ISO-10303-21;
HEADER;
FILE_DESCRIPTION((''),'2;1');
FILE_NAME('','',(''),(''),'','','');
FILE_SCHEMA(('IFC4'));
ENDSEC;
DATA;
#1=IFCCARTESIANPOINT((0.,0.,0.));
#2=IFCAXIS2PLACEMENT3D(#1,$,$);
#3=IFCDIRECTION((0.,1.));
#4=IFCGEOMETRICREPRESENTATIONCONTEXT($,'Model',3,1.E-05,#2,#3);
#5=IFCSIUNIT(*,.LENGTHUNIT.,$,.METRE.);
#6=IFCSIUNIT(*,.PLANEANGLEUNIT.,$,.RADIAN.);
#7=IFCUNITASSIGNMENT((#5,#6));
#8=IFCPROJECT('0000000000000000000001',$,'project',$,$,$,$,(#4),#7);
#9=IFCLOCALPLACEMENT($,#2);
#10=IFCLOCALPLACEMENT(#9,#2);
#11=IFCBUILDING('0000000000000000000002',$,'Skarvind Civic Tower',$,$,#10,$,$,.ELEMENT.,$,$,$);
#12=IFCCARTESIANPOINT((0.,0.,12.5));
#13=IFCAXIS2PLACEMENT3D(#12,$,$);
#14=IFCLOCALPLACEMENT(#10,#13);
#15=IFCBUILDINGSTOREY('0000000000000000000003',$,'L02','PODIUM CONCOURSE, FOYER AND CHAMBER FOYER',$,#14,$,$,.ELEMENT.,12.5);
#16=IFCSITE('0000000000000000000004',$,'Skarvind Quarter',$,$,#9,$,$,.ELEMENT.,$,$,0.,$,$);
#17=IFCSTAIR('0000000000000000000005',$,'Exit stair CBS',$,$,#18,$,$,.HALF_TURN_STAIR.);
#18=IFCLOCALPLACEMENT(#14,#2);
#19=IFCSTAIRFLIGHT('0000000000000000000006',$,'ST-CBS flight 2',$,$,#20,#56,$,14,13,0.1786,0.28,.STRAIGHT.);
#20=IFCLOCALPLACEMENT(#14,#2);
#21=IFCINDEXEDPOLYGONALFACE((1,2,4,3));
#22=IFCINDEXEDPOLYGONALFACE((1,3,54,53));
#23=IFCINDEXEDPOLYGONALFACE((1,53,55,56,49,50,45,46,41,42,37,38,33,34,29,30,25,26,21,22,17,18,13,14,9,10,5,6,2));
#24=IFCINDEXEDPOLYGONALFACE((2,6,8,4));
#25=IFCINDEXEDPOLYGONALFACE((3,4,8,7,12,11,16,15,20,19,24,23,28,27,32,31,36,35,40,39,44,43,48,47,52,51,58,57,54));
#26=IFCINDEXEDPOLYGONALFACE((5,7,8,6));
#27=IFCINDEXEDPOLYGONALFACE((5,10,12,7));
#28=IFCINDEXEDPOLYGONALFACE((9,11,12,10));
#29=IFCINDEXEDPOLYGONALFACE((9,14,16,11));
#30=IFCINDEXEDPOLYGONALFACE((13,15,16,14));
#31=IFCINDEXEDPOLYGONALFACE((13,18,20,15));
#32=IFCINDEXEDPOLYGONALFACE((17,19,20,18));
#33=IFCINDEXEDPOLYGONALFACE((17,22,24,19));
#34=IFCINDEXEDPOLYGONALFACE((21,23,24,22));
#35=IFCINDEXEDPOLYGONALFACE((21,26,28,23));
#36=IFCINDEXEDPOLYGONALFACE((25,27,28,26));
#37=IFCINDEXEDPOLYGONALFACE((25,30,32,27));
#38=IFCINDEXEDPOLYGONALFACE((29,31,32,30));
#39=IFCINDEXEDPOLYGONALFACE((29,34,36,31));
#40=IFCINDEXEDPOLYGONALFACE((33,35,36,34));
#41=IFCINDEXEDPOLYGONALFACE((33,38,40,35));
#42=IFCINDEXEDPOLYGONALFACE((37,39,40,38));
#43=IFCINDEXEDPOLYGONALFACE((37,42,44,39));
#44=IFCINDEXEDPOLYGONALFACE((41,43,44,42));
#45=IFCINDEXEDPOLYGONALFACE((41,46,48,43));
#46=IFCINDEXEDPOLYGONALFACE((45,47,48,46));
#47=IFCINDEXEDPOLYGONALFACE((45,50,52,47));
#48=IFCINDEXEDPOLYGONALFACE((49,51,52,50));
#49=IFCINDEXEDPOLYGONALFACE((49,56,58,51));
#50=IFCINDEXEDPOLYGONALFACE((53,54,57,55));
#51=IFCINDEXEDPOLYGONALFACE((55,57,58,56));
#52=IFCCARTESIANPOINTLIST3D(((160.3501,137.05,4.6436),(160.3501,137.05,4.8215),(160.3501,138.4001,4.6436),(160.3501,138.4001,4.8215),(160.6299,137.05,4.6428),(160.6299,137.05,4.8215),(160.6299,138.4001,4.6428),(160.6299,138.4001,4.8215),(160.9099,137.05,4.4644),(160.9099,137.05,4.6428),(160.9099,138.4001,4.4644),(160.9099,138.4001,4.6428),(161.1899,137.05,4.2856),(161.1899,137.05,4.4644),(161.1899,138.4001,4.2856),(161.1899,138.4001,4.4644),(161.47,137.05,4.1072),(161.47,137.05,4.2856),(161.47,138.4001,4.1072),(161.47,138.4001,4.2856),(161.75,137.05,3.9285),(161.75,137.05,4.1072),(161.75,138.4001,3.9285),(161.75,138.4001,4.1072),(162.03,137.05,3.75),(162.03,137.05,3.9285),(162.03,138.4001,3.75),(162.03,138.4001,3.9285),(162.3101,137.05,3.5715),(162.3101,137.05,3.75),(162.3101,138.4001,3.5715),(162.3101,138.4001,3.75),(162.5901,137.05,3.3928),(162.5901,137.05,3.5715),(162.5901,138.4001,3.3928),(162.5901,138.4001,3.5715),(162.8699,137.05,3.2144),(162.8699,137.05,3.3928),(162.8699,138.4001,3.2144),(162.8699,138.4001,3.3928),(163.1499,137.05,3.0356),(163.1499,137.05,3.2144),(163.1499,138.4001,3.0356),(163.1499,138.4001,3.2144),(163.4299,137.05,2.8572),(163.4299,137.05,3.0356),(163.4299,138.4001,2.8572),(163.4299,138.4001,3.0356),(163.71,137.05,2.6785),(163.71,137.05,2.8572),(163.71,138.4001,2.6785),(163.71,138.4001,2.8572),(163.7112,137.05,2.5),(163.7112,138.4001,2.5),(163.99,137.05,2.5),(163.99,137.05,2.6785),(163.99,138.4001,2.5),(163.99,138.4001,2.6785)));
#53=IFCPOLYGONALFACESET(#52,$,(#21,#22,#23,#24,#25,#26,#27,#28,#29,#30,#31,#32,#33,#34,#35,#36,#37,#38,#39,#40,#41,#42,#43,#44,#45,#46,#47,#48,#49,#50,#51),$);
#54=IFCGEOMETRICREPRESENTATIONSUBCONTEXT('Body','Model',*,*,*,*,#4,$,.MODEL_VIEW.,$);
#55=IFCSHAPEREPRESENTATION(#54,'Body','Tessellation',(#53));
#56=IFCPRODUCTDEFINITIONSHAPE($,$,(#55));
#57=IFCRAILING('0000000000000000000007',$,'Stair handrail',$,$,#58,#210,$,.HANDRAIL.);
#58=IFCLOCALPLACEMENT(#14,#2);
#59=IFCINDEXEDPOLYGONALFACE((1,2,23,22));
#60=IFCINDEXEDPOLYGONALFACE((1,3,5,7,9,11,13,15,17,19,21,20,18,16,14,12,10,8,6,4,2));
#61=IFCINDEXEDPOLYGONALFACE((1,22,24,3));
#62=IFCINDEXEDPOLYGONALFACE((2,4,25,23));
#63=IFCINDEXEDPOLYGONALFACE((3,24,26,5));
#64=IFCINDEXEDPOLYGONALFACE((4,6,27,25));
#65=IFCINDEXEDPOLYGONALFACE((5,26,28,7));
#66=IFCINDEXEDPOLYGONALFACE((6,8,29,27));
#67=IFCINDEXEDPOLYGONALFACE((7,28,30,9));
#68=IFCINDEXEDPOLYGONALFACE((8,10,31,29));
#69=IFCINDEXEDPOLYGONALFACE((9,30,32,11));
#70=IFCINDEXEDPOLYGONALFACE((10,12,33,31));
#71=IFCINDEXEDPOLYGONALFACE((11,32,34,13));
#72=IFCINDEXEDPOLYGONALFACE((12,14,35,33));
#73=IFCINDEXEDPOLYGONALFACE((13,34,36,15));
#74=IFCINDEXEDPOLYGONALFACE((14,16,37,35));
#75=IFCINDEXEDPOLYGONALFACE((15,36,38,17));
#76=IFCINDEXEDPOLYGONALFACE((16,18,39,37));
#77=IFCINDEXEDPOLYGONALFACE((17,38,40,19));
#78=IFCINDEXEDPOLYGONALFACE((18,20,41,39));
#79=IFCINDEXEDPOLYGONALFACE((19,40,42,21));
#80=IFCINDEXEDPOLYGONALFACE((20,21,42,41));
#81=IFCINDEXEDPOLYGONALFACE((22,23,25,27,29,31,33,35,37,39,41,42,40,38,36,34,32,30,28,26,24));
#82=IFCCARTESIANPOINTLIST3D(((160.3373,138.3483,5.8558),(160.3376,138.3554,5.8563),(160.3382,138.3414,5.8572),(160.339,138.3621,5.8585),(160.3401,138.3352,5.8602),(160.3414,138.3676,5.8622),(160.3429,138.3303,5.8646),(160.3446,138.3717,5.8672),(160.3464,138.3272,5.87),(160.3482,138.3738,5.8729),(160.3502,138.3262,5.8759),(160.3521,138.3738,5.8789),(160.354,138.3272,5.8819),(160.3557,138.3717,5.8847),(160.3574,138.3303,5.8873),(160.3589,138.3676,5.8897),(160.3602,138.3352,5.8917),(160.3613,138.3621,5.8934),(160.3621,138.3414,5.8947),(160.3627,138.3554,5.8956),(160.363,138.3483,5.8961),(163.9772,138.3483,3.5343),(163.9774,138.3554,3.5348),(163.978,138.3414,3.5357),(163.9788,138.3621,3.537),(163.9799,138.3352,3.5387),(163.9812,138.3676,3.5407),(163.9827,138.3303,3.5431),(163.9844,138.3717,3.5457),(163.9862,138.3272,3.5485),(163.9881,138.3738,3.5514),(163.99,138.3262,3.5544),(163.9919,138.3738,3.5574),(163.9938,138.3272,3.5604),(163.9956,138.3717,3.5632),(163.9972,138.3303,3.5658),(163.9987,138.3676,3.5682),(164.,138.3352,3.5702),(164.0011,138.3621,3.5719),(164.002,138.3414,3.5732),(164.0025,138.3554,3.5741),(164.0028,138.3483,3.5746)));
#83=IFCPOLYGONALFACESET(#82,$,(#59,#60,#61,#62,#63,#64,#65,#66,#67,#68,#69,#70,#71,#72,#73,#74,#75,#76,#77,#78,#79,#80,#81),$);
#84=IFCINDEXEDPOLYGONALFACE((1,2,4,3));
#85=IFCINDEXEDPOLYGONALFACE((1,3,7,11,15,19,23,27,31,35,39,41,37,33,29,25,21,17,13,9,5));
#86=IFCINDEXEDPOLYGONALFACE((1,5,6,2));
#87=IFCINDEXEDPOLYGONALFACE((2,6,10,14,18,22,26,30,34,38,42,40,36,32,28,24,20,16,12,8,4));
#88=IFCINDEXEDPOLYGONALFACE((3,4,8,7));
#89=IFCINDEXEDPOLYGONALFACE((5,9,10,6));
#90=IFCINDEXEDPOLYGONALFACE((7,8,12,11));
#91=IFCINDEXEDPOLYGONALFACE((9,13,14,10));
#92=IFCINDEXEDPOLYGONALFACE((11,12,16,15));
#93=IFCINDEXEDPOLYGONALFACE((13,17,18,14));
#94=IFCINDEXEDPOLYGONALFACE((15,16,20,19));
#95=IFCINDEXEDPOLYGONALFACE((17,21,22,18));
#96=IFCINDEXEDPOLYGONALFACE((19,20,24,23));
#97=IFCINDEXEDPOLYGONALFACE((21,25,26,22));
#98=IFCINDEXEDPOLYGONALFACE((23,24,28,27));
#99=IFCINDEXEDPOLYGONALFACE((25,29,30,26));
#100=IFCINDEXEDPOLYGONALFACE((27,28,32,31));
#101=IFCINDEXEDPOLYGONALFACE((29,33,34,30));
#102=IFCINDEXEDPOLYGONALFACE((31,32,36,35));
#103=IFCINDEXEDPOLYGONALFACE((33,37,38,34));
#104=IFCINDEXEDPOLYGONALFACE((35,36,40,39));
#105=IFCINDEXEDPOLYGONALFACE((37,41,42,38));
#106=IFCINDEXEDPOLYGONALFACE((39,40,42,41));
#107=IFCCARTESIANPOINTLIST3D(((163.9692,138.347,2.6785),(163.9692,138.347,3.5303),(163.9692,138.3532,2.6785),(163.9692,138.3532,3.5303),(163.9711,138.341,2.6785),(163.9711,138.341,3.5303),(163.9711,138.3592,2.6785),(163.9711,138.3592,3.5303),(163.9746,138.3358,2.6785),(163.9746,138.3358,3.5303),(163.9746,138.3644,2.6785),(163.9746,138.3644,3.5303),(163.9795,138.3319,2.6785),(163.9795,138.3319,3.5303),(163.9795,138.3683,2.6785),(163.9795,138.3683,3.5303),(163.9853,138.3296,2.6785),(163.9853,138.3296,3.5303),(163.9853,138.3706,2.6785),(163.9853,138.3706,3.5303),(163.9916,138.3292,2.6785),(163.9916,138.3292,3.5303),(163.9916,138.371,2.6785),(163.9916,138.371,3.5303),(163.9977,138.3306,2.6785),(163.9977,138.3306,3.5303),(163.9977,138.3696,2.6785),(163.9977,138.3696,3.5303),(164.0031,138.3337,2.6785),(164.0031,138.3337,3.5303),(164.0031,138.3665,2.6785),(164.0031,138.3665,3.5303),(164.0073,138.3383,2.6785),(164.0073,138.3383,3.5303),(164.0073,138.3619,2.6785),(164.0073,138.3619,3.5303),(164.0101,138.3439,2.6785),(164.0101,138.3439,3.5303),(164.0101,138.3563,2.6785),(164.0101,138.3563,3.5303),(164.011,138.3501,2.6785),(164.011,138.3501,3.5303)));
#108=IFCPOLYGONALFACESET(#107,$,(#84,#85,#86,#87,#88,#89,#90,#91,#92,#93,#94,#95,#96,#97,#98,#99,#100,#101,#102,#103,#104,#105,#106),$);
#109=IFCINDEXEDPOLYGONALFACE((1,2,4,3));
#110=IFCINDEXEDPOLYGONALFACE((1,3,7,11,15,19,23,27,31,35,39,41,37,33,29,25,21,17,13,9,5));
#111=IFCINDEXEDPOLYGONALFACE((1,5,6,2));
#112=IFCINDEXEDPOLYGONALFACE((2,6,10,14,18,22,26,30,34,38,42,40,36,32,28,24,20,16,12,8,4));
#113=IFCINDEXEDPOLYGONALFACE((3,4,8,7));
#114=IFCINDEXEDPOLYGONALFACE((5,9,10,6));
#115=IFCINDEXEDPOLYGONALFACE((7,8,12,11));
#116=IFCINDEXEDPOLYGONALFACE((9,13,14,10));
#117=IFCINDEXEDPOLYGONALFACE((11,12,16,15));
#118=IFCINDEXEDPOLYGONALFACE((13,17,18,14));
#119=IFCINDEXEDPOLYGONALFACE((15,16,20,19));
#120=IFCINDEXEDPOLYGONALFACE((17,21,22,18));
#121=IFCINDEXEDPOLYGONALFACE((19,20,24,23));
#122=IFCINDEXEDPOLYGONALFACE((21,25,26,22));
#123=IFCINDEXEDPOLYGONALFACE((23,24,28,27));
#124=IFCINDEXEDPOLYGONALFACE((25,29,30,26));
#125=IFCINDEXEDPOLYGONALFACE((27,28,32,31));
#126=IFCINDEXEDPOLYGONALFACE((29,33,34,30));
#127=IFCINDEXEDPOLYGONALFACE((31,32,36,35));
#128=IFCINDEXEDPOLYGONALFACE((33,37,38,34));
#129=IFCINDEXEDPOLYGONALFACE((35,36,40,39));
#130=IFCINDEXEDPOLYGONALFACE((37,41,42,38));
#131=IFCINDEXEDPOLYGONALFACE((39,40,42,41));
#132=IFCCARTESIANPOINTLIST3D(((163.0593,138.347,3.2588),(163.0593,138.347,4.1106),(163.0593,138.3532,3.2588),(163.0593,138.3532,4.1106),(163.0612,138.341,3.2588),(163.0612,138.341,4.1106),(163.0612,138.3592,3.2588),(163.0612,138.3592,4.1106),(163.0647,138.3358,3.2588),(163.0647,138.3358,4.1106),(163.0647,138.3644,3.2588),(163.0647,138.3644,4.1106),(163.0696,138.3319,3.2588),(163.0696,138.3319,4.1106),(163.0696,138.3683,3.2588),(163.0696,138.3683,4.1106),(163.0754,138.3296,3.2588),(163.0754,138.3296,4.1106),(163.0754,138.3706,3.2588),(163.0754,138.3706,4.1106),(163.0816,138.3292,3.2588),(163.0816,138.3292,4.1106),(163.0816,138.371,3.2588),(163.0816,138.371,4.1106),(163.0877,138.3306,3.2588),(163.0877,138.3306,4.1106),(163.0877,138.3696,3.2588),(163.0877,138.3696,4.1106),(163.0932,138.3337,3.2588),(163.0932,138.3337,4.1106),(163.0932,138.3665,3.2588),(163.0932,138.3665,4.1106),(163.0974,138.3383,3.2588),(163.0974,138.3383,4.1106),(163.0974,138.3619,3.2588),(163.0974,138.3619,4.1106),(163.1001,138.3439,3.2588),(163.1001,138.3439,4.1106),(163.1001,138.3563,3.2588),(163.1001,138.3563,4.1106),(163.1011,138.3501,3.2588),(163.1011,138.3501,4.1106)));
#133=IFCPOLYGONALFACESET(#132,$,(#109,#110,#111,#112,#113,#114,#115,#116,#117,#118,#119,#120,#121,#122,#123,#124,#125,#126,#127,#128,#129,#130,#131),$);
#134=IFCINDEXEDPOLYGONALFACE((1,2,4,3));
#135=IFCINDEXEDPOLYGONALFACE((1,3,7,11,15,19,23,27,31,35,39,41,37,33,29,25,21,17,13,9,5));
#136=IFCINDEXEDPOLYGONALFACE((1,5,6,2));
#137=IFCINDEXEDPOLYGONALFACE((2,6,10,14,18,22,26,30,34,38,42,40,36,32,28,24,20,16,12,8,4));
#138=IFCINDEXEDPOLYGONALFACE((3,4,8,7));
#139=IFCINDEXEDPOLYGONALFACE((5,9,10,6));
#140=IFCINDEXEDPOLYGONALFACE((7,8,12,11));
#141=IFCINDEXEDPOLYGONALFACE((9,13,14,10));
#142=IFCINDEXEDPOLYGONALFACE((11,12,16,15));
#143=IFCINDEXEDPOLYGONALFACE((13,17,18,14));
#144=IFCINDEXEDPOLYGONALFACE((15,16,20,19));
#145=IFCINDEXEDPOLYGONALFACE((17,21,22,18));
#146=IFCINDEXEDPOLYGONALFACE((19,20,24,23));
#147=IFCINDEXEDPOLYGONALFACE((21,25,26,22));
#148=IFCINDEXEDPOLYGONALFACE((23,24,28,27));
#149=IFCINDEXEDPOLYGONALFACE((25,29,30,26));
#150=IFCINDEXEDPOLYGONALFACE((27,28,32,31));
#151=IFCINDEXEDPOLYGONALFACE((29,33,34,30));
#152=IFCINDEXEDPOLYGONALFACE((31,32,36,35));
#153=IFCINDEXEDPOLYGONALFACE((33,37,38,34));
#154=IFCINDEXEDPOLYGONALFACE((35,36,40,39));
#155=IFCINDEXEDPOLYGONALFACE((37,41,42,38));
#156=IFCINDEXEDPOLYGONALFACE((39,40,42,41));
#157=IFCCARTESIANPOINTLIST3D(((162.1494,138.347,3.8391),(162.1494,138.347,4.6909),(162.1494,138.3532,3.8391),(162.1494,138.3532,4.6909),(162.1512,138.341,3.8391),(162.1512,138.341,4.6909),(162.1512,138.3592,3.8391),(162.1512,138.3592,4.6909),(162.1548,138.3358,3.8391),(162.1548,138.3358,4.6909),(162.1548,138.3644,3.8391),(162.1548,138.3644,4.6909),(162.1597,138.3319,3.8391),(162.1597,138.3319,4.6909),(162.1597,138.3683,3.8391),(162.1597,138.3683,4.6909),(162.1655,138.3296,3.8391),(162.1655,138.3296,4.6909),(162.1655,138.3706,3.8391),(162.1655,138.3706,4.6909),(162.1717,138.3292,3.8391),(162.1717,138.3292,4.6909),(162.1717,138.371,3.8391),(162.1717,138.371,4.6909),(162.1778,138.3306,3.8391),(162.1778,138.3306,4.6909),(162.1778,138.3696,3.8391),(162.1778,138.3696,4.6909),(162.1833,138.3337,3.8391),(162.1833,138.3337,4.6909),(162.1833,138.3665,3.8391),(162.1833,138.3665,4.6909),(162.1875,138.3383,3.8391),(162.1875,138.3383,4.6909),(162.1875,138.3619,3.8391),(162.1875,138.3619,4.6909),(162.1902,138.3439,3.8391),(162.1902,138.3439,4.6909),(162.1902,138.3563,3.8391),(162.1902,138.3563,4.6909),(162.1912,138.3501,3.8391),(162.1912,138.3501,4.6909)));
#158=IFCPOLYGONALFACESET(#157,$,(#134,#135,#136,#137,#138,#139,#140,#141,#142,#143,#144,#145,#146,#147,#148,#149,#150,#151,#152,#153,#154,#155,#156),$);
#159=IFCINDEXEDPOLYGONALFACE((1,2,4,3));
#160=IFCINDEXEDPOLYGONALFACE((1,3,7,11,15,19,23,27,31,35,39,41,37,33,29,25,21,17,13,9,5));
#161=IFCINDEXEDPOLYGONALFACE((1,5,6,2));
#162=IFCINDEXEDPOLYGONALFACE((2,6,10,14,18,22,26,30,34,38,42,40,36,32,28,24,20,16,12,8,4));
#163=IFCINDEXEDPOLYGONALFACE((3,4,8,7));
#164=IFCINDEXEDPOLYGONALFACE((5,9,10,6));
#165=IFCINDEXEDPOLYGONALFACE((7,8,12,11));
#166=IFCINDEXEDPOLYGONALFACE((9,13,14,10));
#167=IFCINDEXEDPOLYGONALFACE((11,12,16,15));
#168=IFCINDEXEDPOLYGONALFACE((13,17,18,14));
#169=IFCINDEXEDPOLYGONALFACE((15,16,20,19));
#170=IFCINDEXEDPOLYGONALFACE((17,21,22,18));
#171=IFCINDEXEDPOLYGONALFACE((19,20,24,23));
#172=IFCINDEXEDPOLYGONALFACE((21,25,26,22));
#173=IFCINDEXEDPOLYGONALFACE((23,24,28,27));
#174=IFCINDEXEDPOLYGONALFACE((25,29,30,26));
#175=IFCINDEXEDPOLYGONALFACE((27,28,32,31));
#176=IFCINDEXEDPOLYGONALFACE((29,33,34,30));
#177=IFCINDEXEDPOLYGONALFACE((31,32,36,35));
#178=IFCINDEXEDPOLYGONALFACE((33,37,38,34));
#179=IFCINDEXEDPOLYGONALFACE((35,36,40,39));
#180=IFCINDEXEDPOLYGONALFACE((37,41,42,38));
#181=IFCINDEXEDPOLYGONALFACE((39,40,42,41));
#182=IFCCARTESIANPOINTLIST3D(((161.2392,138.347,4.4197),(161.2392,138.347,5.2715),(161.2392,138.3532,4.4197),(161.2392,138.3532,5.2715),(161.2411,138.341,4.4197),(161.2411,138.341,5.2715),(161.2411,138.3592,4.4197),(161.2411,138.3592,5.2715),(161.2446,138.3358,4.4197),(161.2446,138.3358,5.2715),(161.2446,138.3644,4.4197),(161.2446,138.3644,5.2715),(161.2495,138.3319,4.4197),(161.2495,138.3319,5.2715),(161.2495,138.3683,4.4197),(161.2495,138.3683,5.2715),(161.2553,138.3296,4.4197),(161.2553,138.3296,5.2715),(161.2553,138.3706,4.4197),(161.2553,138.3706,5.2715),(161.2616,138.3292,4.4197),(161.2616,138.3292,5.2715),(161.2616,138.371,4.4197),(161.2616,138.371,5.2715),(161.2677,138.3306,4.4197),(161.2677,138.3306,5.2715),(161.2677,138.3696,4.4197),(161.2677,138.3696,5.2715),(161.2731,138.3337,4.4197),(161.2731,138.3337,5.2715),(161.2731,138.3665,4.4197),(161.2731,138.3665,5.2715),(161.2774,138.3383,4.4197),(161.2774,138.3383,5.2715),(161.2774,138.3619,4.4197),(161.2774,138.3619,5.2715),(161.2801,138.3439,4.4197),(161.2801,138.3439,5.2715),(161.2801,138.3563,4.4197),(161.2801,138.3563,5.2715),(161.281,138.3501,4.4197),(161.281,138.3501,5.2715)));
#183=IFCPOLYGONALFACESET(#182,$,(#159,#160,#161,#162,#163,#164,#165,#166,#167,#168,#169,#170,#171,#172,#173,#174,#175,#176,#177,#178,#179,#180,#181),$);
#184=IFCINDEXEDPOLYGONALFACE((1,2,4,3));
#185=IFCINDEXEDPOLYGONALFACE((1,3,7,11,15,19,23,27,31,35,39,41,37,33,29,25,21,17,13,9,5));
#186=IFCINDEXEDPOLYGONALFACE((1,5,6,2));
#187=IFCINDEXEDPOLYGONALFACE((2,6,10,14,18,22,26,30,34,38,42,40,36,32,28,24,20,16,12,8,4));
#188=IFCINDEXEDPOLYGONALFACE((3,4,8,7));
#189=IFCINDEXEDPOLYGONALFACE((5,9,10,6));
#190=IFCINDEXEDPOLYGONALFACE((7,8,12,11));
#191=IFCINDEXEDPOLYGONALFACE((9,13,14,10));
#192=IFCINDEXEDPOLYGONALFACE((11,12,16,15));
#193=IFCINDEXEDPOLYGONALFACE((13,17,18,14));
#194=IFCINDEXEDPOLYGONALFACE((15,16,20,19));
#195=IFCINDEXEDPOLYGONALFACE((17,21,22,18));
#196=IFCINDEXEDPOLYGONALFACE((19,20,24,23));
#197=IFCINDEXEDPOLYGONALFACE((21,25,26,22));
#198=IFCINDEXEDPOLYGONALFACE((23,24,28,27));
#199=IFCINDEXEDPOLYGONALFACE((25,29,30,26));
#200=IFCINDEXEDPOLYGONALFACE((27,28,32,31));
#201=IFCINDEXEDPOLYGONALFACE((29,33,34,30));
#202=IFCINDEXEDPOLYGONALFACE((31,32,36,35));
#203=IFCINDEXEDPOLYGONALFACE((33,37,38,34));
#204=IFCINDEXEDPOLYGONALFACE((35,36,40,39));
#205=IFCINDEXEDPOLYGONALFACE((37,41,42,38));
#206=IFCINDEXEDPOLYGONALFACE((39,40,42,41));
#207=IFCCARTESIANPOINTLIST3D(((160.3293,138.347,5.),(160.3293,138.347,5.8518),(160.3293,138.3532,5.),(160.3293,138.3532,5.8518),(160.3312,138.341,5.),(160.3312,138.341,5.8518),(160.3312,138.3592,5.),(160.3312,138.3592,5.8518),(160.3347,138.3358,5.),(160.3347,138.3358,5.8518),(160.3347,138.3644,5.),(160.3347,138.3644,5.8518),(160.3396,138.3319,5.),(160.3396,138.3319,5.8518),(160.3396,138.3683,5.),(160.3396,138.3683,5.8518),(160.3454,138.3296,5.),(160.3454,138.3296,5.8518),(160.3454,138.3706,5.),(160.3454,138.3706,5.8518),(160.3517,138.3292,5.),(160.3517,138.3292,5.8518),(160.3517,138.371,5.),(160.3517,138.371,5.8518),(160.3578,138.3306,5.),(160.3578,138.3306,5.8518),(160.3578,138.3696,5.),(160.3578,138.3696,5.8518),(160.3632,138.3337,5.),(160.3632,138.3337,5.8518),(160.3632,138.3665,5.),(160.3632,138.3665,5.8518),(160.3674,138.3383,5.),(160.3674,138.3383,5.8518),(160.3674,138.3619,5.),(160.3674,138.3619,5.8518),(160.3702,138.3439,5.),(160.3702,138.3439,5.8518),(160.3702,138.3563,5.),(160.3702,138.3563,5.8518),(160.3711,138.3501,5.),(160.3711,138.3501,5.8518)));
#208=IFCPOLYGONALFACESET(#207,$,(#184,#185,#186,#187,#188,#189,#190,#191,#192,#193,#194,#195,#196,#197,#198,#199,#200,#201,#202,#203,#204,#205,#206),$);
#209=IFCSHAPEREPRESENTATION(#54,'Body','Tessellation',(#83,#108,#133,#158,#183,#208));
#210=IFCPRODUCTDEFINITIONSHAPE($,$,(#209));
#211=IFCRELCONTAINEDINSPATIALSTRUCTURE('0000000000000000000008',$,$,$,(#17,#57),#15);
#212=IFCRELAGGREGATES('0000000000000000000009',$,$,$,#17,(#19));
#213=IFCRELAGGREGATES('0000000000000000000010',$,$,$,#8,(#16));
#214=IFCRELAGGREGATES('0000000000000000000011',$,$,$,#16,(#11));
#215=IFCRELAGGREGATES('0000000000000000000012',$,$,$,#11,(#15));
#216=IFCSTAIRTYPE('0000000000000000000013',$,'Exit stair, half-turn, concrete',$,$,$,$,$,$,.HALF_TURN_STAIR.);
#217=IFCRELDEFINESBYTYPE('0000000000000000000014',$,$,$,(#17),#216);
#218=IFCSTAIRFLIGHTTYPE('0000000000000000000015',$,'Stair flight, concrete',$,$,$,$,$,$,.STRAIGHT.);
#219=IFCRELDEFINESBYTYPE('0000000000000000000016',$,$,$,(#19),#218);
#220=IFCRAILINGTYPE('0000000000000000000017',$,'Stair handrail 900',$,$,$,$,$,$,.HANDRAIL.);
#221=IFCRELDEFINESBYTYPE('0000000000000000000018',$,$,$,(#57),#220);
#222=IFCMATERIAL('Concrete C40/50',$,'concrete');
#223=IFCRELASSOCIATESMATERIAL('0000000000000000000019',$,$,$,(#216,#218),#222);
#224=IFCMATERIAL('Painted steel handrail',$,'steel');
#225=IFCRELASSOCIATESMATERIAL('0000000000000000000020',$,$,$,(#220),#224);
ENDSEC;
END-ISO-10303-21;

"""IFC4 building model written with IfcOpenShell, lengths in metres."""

from ifc_helpers import new_model, si_unit, direction, frame, origin, origin_2d, place, context, subcontext, project, spatial, polyline, circle, outline, extrude, material, type_object, element, aggregate, save


model = new_model("IFC4")

# Units and contexts
model_context = context("Model", 3, precision=1e-05, world=origin(), true_north=direction((0.0, 1.0)))
body_context = subcontext(model_context, "Body", "Model", "MODEL_VIEW")
ifc_project = project(units=[si_unit("LENGTHUNIT", "METRE"), si_unit("PLANEANGLEUNIT", "RADIAN")], contexts=[model_context])

# Site, building, storey
site_placement = place(None, origin())
site = spatial("IfcSite", under=ifc_project, at=site_placement, Name="Skarvind Quarter", CompositionType="ELEMENT", RefElevation=0.0)
building_placement = place(site_placement, origin())
building = spatial("IfcBuilding", under=site, at=building_placement, Name="Skarvind Civic Tower", CompositionType="ELEMENT")
storey_placement = place(building_placement, frame((0.0, 0.0, 12.5)))
storey = spatial("IfcBuildingStorey", under=building, at=storey_placement, Name="L02", Description="PODIUM CONCOURSE, FOYER AND CHAMBER FOYER", CompositionType="ELEMENT", Elevation=12.5)

# Stair, stair flight
ifc_material_1 = material(Name="Concrete C40/50", Category="concrete")
stair_type = type_object("IfcStairType", Name="Exit stair, half-turn, concrete", PredefinedType="HALF_TURN_STAIR", material=ifc_material_1)
stair_placement = place(storey_placement, origin())
stair = element("IfcStair", 1, at=stair_placement, inside=storey, type_object=stair_type, Name="Exit stair CBS", PredefinedType="HALF_TURN_STAIR")
stair_flight_type = type_object("IfcStairFlightType", Name="Stair flight, concrete", PredefinedType="STRAIGHT", material=ifc_material_1)
stair_flight_placement = place(storey_placement, frame((163.99, 137.7251, 2.5), z_axis=(0.0, 0.0, 1.0), x_axis=(-1.0, 0.0, 0.0)))
stair_flight = element("IfcStairFlight", 2, at=stair_flight_placement, type_object=stair_flight_type, Name="ST-CBS flight 2", NumberOfRisers=14, NumberOfTreads=13, PredefinedType="STRAIGHT", RiserHeight=0.1786, TreadLength=0.28, context=body_context, shape_type="SweptSolid", body=[
    extrude(outline(polyline([(0.0, 0.0), (0.0, 0.1785), (0.28, 0.1785), (0.28, 0.3572), (0.5601, 0.3572), (0.5601, 0.5356), (0.8401, 0.5356), (0.8401, 0.7144), (1.1201, 0.7144), (1.1201, 0.8928), (1.3999, 0.8928), (1.3999, 1.0715), (1.6799, 1.0715), (1.6799, 1.25), (1.96, 1.25), (1.96, 1.4285), (2.24, 1.4285), (2.24, 1.6072), (2.52, 1.6072), (2.52, 1.7856), (2.8, 1.7856), (2.8, 1.9644), (3.0801, 1.9644), (3.0801, 2.1428), (3.3601, 2.1428), (3.3601, 2.3215), (3.6399, 2.3215), (3.6399, 2.5), (3.6399, 2.1436), (0.2788, 0.0), (0.0, 0.0)])), frame((0.0, 0.675, 0.0), z_axis=(0.0, -1.0, 0.0), x_axis=(1.0, 0.0, 0.0)), (0.0, 0.0, 1.0), 1.3501),
])
aggregate(stair, [stair_flight])

# Railing
ifc_material_2 = material(Name="Painted steel handrail", Category="steel")
railing_type = type_object("IfcRailingType", Name="Stair handrail 900", PredefinedType="HANDRAIL", material=ifc_material_2)
for number, where, name in (
    (3, (163.99, 138.3501, 2.6785), "Stair handrail"),
):
    element("IfcRailing", number, at=place(storey_placement, frame(where)), inside=storey, type_object=railing_type, Name=name, PredefinedType="HANDRAIL", context=body_context, shape_type="SweptSolid", body=[
        extrude(circle(Radius=0.0239, at=origin_2d()), frame((0.0, 0.0, 0.876), z_axis=(-0.843112, 0.0, 0.537739), x_axis=(0.0, -1.0, 0.0)), (0.0, 0.0, 1.0), 4.3171),
        extrude(circle(Radius=0.021, at=origin_2d()), origin(), (0.0, 0.0, 1.0), 0.8518),
        extrude(circle(Radius=0.021, at=origin_2d()), frame((-0.9099, 0.0, 0.5803)), (0.0, 0.0, 1.0), 0.8518),
        extrude(circle(Radius=0.021, at=origin_2d()), frame((-1.8198, 0.0, 1.1606)), (0.0, 0.0, 1.0), 0.8518),
        extrude(circle(Radius=0.021, at=origin_2d()), frame((-2.73, 0.0, 1.7412)), (0.0, 0.0, 1.0), 0.8518),
        extrude(circle(Radius=0.021, at=origin_2d()), frame((-3.6399, 0.0, 2.3215)), (0.0, 0.0, 1.0), 0.8518),
    ])

save(model, "model.ifc")
